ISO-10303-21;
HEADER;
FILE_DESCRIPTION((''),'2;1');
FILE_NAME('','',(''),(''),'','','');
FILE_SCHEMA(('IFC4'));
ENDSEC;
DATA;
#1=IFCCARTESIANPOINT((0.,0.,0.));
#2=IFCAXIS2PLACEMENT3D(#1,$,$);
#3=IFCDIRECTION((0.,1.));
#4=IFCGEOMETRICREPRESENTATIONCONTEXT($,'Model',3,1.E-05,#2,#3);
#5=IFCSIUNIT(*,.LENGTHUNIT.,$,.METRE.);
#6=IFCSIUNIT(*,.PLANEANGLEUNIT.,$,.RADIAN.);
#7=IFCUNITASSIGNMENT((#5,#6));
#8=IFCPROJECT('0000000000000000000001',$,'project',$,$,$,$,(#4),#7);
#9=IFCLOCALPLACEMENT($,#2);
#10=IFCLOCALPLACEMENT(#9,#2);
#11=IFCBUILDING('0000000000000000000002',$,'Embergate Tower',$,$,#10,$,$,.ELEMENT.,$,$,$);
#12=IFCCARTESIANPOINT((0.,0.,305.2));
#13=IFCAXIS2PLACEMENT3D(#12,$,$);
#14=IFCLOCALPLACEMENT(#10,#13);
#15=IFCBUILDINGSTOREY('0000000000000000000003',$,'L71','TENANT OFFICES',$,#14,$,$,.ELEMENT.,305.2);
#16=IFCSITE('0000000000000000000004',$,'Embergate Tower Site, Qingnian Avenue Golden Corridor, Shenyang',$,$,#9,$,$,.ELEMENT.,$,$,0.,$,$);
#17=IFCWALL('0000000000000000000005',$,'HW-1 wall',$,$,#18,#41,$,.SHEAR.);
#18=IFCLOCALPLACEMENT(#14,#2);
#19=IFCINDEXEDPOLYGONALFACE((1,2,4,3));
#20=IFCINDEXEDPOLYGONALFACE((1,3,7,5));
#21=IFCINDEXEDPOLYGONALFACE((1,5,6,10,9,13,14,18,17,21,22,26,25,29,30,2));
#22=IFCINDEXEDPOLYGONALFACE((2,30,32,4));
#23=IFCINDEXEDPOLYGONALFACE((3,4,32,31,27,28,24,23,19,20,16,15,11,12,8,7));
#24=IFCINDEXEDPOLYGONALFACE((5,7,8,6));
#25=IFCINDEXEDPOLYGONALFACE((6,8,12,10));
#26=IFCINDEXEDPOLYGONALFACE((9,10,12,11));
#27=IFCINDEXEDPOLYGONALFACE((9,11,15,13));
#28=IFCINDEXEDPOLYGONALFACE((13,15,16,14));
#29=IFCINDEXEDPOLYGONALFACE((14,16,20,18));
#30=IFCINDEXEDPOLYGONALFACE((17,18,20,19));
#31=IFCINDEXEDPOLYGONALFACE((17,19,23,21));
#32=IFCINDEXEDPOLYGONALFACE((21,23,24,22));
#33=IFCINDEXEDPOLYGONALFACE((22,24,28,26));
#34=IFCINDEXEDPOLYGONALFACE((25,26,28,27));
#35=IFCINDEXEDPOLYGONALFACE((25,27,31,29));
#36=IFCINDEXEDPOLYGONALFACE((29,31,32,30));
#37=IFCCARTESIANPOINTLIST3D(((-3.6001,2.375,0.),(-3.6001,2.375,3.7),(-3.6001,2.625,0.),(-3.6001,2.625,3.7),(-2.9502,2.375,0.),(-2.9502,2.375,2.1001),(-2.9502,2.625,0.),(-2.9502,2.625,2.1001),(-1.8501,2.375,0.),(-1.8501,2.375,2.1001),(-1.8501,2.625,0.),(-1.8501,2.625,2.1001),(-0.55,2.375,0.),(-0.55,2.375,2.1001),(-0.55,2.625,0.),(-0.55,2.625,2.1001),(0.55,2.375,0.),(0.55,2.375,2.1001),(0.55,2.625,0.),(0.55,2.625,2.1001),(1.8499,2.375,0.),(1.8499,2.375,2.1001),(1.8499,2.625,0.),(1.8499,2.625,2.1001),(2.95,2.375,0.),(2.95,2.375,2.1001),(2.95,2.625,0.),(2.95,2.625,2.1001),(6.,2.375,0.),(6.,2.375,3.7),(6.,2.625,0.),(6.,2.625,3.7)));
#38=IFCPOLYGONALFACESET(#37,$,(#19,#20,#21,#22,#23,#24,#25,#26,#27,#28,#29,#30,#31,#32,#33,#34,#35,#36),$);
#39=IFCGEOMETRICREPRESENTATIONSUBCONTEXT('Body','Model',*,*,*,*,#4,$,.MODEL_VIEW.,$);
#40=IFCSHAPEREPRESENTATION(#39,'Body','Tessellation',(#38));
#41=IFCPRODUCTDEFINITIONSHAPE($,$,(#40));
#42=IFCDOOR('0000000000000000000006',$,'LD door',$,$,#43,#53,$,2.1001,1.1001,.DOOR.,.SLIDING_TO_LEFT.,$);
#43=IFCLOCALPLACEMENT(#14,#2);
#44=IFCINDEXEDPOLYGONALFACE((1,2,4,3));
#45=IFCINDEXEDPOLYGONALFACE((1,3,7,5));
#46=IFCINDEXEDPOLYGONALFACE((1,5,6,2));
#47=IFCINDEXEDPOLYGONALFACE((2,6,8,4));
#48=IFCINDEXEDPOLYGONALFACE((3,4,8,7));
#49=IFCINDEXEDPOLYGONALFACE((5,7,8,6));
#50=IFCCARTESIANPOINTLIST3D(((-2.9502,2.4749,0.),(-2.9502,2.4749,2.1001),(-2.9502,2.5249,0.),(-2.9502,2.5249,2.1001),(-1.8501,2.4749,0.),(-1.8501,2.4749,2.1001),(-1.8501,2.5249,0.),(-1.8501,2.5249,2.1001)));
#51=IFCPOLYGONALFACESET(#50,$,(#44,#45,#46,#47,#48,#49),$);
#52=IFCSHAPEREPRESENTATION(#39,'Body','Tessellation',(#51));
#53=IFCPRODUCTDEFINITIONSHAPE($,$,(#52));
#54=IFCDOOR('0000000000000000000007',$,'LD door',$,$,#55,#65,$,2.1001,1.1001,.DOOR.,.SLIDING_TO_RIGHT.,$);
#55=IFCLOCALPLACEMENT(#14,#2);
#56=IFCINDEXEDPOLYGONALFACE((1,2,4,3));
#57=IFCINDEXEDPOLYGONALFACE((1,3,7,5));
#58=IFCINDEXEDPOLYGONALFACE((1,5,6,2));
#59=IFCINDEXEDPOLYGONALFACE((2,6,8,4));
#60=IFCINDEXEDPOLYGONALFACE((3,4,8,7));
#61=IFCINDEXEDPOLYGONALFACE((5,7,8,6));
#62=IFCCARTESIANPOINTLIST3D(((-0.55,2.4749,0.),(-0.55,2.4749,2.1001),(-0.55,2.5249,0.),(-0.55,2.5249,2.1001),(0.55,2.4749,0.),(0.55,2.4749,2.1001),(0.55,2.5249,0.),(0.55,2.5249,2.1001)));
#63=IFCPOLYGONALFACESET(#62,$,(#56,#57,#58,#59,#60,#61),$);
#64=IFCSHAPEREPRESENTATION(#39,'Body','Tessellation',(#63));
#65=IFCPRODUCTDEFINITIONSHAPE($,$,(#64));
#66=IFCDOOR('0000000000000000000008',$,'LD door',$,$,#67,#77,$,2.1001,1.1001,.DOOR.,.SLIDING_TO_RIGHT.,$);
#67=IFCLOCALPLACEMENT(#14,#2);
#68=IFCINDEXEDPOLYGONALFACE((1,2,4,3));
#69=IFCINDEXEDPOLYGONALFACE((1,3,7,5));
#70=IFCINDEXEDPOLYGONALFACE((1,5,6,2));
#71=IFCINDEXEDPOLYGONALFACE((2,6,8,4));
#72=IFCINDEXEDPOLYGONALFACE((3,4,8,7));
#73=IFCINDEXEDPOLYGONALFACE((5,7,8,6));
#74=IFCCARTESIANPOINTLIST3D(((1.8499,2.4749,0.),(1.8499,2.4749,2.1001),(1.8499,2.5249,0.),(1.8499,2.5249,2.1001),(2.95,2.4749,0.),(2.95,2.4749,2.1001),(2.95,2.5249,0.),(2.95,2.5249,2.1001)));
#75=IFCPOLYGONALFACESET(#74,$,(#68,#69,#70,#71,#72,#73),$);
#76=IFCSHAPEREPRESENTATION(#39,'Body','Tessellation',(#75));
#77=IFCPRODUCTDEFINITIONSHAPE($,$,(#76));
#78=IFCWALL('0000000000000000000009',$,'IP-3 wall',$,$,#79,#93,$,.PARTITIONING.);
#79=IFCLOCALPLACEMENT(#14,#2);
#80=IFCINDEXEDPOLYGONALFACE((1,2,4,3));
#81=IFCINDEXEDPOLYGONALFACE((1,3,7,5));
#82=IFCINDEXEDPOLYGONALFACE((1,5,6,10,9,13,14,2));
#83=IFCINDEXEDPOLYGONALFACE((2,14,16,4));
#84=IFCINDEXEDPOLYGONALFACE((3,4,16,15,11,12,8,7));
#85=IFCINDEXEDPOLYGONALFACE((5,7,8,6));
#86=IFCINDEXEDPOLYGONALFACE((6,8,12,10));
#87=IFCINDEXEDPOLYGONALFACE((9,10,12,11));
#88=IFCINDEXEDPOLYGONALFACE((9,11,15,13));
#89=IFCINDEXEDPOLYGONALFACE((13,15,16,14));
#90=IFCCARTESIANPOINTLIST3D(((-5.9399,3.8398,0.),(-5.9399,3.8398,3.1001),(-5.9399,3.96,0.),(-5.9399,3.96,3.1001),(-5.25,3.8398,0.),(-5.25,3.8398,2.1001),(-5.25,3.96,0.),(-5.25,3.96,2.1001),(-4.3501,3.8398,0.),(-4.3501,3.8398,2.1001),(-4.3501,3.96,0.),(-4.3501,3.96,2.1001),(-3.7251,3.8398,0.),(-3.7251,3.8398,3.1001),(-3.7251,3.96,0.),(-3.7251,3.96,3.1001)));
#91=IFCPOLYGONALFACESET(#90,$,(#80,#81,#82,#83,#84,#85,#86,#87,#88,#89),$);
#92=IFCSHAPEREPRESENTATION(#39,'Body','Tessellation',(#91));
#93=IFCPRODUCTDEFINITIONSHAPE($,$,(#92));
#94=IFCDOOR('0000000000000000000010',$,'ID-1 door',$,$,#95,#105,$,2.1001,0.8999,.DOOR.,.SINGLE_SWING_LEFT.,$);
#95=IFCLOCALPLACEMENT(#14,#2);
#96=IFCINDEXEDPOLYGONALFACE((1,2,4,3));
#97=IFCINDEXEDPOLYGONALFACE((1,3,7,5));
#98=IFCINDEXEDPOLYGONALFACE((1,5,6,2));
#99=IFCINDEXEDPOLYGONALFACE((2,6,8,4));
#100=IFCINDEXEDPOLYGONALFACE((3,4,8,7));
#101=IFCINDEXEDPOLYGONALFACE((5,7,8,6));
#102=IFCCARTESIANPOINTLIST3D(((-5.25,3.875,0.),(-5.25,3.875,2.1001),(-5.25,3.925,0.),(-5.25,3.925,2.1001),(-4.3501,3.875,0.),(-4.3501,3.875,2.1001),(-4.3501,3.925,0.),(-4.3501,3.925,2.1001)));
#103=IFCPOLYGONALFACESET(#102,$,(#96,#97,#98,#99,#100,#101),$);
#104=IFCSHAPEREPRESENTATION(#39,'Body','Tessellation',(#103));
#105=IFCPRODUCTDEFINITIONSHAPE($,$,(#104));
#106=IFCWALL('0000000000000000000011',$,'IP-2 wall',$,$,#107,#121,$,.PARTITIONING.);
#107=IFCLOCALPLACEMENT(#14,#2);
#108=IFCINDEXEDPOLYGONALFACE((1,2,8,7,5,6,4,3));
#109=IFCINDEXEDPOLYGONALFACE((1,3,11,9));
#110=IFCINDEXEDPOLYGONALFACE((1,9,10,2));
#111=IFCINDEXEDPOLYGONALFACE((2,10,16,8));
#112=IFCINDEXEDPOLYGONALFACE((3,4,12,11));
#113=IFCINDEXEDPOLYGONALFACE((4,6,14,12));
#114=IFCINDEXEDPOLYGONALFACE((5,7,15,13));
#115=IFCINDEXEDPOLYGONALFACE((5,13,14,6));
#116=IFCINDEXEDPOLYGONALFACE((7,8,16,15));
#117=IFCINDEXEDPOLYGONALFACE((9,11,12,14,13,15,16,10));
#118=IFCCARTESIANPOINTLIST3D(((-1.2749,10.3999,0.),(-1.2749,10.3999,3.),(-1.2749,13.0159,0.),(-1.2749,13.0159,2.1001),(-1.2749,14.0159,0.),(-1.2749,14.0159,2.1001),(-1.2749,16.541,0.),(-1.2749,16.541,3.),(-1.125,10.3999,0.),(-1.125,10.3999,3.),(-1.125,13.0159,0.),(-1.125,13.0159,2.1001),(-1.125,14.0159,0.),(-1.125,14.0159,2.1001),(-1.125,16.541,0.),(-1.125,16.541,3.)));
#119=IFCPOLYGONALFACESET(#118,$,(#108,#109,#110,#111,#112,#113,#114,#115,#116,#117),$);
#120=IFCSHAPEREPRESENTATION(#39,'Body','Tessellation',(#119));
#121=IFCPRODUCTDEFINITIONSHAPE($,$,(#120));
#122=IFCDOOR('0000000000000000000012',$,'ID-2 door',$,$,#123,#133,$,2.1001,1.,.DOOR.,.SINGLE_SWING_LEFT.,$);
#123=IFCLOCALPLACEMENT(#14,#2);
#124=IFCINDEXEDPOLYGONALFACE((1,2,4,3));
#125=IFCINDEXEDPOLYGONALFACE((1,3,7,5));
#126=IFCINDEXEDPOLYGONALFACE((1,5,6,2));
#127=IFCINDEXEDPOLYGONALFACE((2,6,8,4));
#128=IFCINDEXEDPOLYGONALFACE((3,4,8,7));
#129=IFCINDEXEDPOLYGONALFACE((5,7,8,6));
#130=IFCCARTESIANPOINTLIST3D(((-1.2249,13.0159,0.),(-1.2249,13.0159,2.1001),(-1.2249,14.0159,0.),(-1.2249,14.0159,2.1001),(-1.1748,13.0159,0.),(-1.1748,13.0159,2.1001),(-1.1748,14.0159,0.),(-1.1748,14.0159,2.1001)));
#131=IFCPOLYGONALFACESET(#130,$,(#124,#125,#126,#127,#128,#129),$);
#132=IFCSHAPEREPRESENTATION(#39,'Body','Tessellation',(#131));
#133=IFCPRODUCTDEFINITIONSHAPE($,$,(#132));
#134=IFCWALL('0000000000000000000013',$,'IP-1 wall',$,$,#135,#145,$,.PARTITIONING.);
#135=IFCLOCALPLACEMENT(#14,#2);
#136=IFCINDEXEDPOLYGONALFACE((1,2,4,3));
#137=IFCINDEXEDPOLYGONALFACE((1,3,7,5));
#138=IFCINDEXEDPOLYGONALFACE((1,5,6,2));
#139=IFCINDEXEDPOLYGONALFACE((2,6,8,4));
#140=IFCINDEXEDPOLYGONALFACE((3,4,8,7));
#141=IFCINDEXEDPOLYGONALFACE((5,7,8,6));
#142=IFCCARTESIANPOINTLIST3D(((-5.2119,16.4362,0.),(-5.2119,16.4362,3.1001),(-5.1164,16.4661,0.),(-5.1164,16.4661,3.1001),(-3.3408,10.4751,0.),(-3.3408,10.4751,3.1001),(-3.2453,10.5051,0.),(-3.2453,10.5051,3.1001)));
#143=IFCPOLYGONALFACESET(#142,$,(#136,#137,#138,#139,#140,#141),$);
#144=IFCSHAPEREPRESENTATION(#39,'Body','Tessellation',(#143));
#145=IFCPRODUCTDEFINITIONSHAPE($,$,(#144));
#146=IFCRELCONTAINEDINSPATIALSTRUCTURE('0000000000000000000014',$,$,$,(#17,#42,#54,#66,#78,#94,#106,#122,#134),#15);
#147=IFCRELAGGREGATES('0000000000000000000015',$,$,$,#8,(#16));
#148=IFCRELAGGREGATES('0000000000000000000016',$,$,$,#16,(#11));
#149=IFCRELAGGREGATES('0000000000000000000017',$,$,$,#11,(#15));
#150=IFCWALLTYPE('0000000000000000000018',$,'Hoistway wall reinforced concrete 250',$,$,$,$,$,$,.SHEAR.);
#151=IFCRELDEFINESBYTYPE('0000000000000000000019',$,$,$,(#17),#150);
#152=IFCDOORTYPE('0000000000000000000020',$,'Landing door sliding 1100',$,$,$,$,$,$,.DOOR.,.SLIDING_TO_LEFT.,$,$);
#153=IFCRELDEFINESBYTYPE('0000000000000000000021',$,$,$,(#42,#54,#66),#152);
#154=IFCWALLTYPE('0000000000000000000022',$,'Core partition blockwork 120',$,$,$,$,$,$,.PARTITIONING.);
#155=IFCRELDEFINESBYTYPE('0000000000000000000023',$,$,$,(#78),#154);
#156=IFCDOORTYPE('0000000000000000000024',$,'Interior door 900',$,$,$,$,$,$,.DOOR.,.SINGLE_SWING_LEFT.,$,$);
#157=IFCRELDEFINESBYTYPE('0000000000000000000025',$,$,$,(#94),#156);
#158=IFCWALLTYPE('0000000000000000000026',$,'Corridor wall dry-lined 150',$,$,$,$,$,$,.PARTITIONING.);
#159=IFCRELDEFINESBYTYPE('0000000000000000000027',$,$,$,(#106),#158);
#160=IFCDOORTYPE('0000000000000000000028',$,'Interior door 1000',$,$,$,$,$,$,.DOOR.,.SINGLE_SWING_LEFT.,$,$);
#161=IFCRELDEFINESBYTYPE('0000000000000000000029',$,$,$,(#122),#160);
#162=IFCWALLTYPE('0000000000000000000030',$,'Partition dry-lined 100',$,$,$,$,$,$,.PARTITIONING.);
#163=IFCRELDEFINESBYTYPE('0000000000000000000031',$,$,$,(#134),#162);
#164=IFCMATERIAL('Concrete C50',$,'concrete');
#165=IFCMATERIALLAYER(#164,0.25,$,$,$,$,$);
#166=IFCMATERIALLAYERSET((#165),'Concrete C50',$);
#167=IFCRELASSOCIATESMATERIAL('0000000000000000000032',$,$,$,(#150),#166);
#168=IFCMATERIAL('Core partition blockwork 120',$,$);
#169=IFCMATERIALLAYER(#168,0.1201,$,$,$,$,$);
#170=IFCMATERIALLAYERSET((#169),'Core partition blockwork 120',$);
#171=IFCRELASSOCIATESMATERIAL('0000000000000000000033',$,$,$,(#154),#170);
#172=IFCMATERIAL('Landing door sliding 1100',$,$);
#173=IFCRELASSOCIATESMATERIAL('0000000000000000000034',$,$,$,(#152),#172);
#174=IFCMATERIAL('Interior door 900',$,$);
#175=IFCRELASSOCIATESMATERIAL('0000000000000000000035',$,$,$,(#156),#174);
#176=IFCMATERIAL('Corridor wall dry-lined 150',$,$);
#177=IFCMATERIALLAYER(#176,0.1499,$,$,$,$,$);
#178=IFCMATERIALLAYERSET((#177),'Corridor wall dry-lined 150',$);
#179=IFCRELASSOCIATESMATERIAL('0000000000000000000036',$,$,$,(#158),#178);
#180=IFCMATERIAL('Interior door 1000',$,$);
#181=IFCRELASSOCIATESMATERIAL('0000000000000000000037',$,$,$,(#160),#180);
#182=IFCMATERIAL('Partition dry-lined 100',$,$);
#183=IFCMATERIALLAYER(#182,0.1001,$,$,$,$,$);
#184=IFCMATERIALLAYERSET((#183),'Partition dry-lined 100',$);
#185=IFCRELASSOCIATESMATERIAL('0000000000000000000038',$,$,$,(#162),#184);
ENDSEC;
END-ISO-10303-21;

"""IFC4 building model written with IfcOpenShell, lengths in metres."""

from ifc_helpers import new_model, si_unit, direction, frame, frame_2d, origin, place, context, subcontext, project, spatial, rectangle, extrude, source, transform, mapped, material, layer, layer_set, type_object, element, fill, save


model = new_model("IFC4")

# Units and contexts
model_context = context("Model", 3, precision=1e-05, world=origin(), true_north=direction((0.0, 1.0)))
body_context = subcontext(model_context, "Body", "Model", "MODEL_VIEW")
ifc_project = project(units=[si_unit("LENGTHUNIT", "METRE"), si_unit("PLANEANGLEUNIT", "RADIAN")], contexts=[model_context])

# Site, building, storey
site_placement = place(None, origin())
site = spatial("IfcSite", under=ifc_project, at=site_placement, Name="Embergate Tower Site, Qingnian Avenue Golden Corridor, Shenyang", CompositionType="ELEMENT", RefElevation=0.0)
building_placement = place(site_placement, origin())
building = spatial("IfcBuilding", under=site, at=building_placement, Name="Embergate Tower", CompositionType="ELEMENT")
storey_placement = place(building_placement, frame((0.0, 0.0, 305.2)))
storey = spatial("IfcBuildingStorey", under=building, at=storey_placement, Name="L71", Description="TENANT OFFICES", CompositionType="ELEMENT", Elevation=305.2)

# Shared definitions
ifc_material_1 = material(Name="Concrete C50", Category="concrete")
ifc_layer_1 = layer(ifc_material_1, 0.25)
ifc_layer_set_1 = layer_set([ifc_layer_1], Name="Concrete C50")
wall_type_1 = type_object("IfcWallType", Name="Hoistway wall reinforced concrete 250", PredefinedType="SHEAR", material=ifc_layer_set_1)

# Shared definitions
ifc_material_2 = material(Name="Core partition blockwork 120")
ifc_layer_2 = layer(ifc_material_2, 0.1201)
ifc_layer_set_2 = layer_set([ifc_layer_2], Name="Core partition blockwork 120")
wall_type_2 = type_object("IfcWallType", Name="Core partition blockwork 120", PredefinedType="PARTITIONING", material=ifc_layer_set_2)

# Wall, openings, doors
shared_shape_1 = source(origin(), body_context, "Body", "SweptSolid", [
    extrude(rectangle(XDim=9.6001, YDim=0.25, at=frame_2d((4.8, 0.0))), origin(), (0.0, 0.0, 1.0), 3.7),
])
wall_1_placement = place(storey_placement, frame((-3.6001, 2.5, 0.0), z_axis=(0.0, 0.0, 1.0), x_axis=(1.0, 0.0, 0.0)))
wall_1 = element("IfcWall", 1, at=wall_1_placement, inside=storey, type_object=wall_type_1, Name="HW-1 wall", PredefinedType="SHEAR", context=body_context, shape_type="MappedRepresentation", body=[
    mapped(shared_shape_1, transform((0.0, 0.0, 0.0))),
])
shared_shape_2 = source(origin(), body_context, "Body", "SweptSolid", [
    extrude(rectangle(XDim=1.1001, YDim=2.1001, at=frame_2d((0.55, 1.05))), frame((0.0, 0.135, 0.0), z_axis=(0.0, -1.0, 0.0), x_axis=(1.0, 0.0, 0.0)), (0.0, 0.0, 1.0), 0.27),
])
opening_1_placement = place(wall_1_placement, frame((0.6499, 0.0, 0.0)))
opening_1 = element("IfcOpeningElement", 2, at=opening_1_placement, cuts=wall_1, PredefinedType="OPENING", context=body_context, shape_type="MappedRepresentation", body=[
    mapped(shared_shape_2, transform((0.0, 0.0, 0.0))),
])
opening_2_placement = place(wall_1_placement, frame((3.05, 0.0, 0.0)))
opening_2 = element("IfcOpeningElement", 3, at=opening_2_placement, cuts=wall_1, PredefinedType="OPENING", context=body_context, shape_type="MappedRepresentation", body=[
    mapped(shared_shape_2, transform((0.0, 0.0, 0.0))),
])
opening_3_placement = place(wall_1_placement, frame((5.45, 0.0, 0.0)))
opening_3 = element("IfcOpeningElement", 4, at=opening_3_placement, cuts=wall_1, PredefinedType="OPENING", context=body_context, shape_type="MappedRepresentation", body=[
    mapped(shared_shape_2, transform((0.0, 0.0, 0.0))),
])
ifc_material_3 = material(Name="Landing door sliding 1100")
door_type_1 = type_object("IfcDoorType", Name="Landing door sliding 1100", OperationType="SLIDING_TO_LEFT", PredefinedType="DOOR", material=ifc_material_3)
shared_shape_3 = source(origin(), body_context, "Body", "SweptSolid", [
    extrude(rectangle(XDim=1.1001, YDim=2.1001, at=frame_2d((0.55, 1.05))), frame((0.0, 0.0249, 0.0), z_axis=(0.0, -1.0, 0.0), x_axis=(1.0, 0.0, 0.0)), (0.0, 0.0, 1.0), 0.05),
])
door_1_placement = place(opening_1_placement, origin())
door_1 = element("IfcDoor", 5, at=door_1_placement, inside=storey, type_object=door_type_1, Name="LD door", OperationType="SLIDING_TO_LEFT", OverallHeight=2.1001, OverallWidth=1.1001, PredefinedType="DOOR", context=body_context, shape_type="MappedRepresentation", body=[
    mapped(shared_shape_3, transform((0.0, 0.0, 0.0))),
])
fill(opening_1, door_1)
door_2_placement = place(opening_2_placement, origin())
door_2 = element("IfcDoor", 6, at=door_2_placement, inside=storey, type_object=door_type_1, Name="LD door", OperationType="SLIDING_TO_RIGHT", OverallHeight=2.1001, OverallWidth=1.1001, PredefinedType="DOOR", context=body_context, shape_type="MappedRepresentation", body=[
    mapped(shared_shape_3, transform((0.0, 0.0, 0.0))),
])
fill(opening_2, door_2)
door_3_placement = place(opening_3_placement, origin())
door_3 = element("IfcDoor", 7, at=door_3_placement, inside=storey, type_object=door_type_1, Name="LD door", OperationType="SLIDING_TO_RIGHT", OverallHeight=2.1001, OverallWidth=1.1001, PredefinedType="DOOR", context=body_context, shape_type="MappedRepresentation", body=[
    mapped(shared_shape_3, transform((0.0, 0.0, 0.0))),
])
fill(opening_3, door_3)

# Walls, openings, doors
shared_shape_4 = source(origin(), body_context, "Body", "SweptSolid", [
    extrude(rectangle(XDim=2.2148, YDim=0.1201, at=frame_2d((1.1074, 0.0))), origin(), (0.0, 0.0, 1.0), 3.1001),
])
wall_2_placement = place(storey_placement, frame((-3.7251, 3.8999, 0.0), z_axis=(0.0, 0.0, 1.0), x_axis=(-1.0, 0.0, 0.0)))
wall_2 = element("IfcWall", 8, at=wall_2_placement, inside=storey, type_object=wall_type_2, Name="IP-3 wall", PredefinedType="PARTITIONING", context=body_context, shape_type="MappedRepresentation", body=[
    mapped(shared_shape_4, transform((0.0, 0.0, 0.0))),
])
shared_shape_5 = source(origin(), body_context, "Body", "SweptSolid", [
    extrude(rectangle(XDim=0.8999, YDim=2.1001, at=frame_2d((0.45, 1.05))), frame((0.0, 0.0701, 0.0), z_axis=(0.0, -1.0, 0.0), x_axis=(1.0, 0.0, 0.0)), (0.0, 0.0, 1.0), 0.1401),
])
opening_4_placement = place(wall_2_placement, frame((0.625, 0.0, 0.0)))
opening_4 = element("IfcOpeningElement", 9, at=opening_4_placement, cuts=wall_2, PredefinedType="OPENING", context=body_context, shape_type="MappedRepresentation", body=[
    mapped(shared_shape_5, transform((0.0, 0.0, 0.0))),
])
ifc_material_4 = material(Name="Interior door 900")
door_type_2 = type_object("IfcDoorType", Name="Interior door 900", OperationType="SINGLE_SWING_LEFT", PredefinedType="DOOR", material=ifc_material_4)
shared_shape_6 = source(origin(), body_context, "Body", "SweptSolid", [
    extrude(rectangle(XDim=0.8999, YDim=2.1001, at=frame_2d((0.45, 1.05))), frame((0.0, 0.0249, 0.0), z_axis=(0.0, -1.0, 0.0), x_axis=(1.0, 0.0, 0.0)), (0.0, 0.0, 1.0), 0.05),
])
door_4_placement = place(opening_4_placement, origin())
door_4 = element("IfcDoor", 10, at=door_4_placement, inside=storey, type_object=door_type_2, Name="ID-1 door", OperationType="SINGLE_SWING_LEFT", OverallHeight=2.1001, OverallWidth=0.8999, PredefinedType="DOOR", context=body_context, shape_type="MappedRepresentation", body=[
    mapped(shared_shape_6, transform((0.0, 0.0, 0.0))),
])
fill(opening_4, door_4)
ifc_material_5 = material(Name="Corridor wall dry-lined 150")
ifc_layer_3 = layer(ifc_material_5, 0.1499)
ifc_layer_set_3 = layer_set([ifc_layer_3], Name="Corridor wall dry-lined 150")
wall_type_3 = type_object("IfcWallType", Name="Corridor wall dry-lined 150", PredefinedType="PARTITIONING", material=ifc_layer_set_3)
shared_shape_7 = source(origin(), body_context, "Body", "SweptSolid", [
    extrude(rectangle(XDim=6.1411, YDim=0.1499, at=frame_2d((3.0706, 0.0))), origin(), (0.0, 0.0, 1.0), 3.0),
])
wall_3_placement = place(storey_placement, frame((-1.2, 10.3999, 0.0), z_axis=(0.0, 0.0, 1.0), x_axis=(0.0, 1.0, 0.0)))
wall_3 = element("IfcWall", 11, at=wall_3_placement, inside=storey, type_object=wall_type_3, Name="IP-2 wall", PredefinedType="PARTITIONING", context=body_context, shape_type="MappedRepresentation", body=[
    mapped(shared_shape_7, transform((0.0, 0.0, 0.0))),
])
shared_shape_8 = source(origin(), body_context, "Body", "SweptSolid", [
    extrude(rectangle(XDim=1.0, YDim=2.1001, at=frame_2d((0.5, 1.05))), frame((0.0, 0.085, 0.0), z_axis=(0.0, -1.0, 0.0), x_axis=(1.0, 0.0, 0.0)), (0.0, 0.0, 1.0), 0.1699),
])
opening_5_placement = place(wall_3_placement, frame((2.616, 0.0, 0.0)))
opening_5 = element("IfcOpeningElement", 12, at=opening_5_placement, cuts=wall_3, PredefinedType="OPENING", context=body_context, shape_type="MappedRepresentation", body=[
    mapped(shared_shape_8, transform((0.0, 0.0, 0.0))),
])
ifc_material_6 = material(Name="Interior door 1000")
door_type_3 = type_object("IfcDoorType", Name="Interior door 1000", OperationType="SINGLE_SWING_LEFT", PredefinedType="DOOR", material=ifc_material_6)
shared_shape_9 = source(origin(), body_context, "Body", "SweptSolid", [
    extrude(rectangle(XDim=1.0, YDim=2.1001, at=frame_2d((0.5, 1.05))), frame((0.0, 0.0249, 0.0), z_axis=(0.0, -1.0, 0.0), x_axis=(1.0, 0.0, 0.0)), (0.0, 0.0, 1.0), 0.05),
])
door_5_placement = place(opening_5_placement, origin())
door_5 = element("IfcDoor", 13, at=door_5_placement, inside=storey, type_object=door_type_3, Name="ID-2 door", OperationType="SINGLE_SWING_LEFT", OverallHeight=2.1001, OverallWidth=1.0, PredefinedType="DOOR", context=body_context, shape_type="MappedRepresentation", body=[
    mapped(shared_shape_9, transform((0.0, 0.0, 0.0))),
])
fill(opening_5, door_5)

# Wall
ifc_material_7 = material(Name="Partition dry-lined 100")
ifc_layer_4 = layer(ifc_material_7, 0.1001)
ifc_layer_set_4 = layer_set([ifc_layer_4], Name="Partition dry-lined 100")
wall_type_4 = type_object("IfcWallType", Name="Partition dry-lined 100", PredefinedType="PARTITIONING", material=ifc_layer_set_4)
shared_shape_10 = source(origin(), body_context, "Body", "SweptSolid", [
    extrude(rectangle(XDim=6.2478, YDim=0.1001, at=frame_2d((3.124, 0.0))), origin(), (0.0, 0.0, 1.0), 3.1001),
])
wall_4_placement = place(storey_placement, frame((-3.293, 10.49, 0.0), z_axis=(0.0, 0.0, 1.0), x_axis=(-0.299485, 0.954101, 0.0)))
element("IfcWall", 14, at=wall_4_placement, inside=storey, type_object=wall_type_4, Name="IP-1 wall", PredefinedType="PARTITIONING", context=body_context, shape_type="MappedRepresentation", body=[
    mapped(shared_shape_10, transform((0.0, 0.0, 0.0))),
])

save(model, "model.ifc")
